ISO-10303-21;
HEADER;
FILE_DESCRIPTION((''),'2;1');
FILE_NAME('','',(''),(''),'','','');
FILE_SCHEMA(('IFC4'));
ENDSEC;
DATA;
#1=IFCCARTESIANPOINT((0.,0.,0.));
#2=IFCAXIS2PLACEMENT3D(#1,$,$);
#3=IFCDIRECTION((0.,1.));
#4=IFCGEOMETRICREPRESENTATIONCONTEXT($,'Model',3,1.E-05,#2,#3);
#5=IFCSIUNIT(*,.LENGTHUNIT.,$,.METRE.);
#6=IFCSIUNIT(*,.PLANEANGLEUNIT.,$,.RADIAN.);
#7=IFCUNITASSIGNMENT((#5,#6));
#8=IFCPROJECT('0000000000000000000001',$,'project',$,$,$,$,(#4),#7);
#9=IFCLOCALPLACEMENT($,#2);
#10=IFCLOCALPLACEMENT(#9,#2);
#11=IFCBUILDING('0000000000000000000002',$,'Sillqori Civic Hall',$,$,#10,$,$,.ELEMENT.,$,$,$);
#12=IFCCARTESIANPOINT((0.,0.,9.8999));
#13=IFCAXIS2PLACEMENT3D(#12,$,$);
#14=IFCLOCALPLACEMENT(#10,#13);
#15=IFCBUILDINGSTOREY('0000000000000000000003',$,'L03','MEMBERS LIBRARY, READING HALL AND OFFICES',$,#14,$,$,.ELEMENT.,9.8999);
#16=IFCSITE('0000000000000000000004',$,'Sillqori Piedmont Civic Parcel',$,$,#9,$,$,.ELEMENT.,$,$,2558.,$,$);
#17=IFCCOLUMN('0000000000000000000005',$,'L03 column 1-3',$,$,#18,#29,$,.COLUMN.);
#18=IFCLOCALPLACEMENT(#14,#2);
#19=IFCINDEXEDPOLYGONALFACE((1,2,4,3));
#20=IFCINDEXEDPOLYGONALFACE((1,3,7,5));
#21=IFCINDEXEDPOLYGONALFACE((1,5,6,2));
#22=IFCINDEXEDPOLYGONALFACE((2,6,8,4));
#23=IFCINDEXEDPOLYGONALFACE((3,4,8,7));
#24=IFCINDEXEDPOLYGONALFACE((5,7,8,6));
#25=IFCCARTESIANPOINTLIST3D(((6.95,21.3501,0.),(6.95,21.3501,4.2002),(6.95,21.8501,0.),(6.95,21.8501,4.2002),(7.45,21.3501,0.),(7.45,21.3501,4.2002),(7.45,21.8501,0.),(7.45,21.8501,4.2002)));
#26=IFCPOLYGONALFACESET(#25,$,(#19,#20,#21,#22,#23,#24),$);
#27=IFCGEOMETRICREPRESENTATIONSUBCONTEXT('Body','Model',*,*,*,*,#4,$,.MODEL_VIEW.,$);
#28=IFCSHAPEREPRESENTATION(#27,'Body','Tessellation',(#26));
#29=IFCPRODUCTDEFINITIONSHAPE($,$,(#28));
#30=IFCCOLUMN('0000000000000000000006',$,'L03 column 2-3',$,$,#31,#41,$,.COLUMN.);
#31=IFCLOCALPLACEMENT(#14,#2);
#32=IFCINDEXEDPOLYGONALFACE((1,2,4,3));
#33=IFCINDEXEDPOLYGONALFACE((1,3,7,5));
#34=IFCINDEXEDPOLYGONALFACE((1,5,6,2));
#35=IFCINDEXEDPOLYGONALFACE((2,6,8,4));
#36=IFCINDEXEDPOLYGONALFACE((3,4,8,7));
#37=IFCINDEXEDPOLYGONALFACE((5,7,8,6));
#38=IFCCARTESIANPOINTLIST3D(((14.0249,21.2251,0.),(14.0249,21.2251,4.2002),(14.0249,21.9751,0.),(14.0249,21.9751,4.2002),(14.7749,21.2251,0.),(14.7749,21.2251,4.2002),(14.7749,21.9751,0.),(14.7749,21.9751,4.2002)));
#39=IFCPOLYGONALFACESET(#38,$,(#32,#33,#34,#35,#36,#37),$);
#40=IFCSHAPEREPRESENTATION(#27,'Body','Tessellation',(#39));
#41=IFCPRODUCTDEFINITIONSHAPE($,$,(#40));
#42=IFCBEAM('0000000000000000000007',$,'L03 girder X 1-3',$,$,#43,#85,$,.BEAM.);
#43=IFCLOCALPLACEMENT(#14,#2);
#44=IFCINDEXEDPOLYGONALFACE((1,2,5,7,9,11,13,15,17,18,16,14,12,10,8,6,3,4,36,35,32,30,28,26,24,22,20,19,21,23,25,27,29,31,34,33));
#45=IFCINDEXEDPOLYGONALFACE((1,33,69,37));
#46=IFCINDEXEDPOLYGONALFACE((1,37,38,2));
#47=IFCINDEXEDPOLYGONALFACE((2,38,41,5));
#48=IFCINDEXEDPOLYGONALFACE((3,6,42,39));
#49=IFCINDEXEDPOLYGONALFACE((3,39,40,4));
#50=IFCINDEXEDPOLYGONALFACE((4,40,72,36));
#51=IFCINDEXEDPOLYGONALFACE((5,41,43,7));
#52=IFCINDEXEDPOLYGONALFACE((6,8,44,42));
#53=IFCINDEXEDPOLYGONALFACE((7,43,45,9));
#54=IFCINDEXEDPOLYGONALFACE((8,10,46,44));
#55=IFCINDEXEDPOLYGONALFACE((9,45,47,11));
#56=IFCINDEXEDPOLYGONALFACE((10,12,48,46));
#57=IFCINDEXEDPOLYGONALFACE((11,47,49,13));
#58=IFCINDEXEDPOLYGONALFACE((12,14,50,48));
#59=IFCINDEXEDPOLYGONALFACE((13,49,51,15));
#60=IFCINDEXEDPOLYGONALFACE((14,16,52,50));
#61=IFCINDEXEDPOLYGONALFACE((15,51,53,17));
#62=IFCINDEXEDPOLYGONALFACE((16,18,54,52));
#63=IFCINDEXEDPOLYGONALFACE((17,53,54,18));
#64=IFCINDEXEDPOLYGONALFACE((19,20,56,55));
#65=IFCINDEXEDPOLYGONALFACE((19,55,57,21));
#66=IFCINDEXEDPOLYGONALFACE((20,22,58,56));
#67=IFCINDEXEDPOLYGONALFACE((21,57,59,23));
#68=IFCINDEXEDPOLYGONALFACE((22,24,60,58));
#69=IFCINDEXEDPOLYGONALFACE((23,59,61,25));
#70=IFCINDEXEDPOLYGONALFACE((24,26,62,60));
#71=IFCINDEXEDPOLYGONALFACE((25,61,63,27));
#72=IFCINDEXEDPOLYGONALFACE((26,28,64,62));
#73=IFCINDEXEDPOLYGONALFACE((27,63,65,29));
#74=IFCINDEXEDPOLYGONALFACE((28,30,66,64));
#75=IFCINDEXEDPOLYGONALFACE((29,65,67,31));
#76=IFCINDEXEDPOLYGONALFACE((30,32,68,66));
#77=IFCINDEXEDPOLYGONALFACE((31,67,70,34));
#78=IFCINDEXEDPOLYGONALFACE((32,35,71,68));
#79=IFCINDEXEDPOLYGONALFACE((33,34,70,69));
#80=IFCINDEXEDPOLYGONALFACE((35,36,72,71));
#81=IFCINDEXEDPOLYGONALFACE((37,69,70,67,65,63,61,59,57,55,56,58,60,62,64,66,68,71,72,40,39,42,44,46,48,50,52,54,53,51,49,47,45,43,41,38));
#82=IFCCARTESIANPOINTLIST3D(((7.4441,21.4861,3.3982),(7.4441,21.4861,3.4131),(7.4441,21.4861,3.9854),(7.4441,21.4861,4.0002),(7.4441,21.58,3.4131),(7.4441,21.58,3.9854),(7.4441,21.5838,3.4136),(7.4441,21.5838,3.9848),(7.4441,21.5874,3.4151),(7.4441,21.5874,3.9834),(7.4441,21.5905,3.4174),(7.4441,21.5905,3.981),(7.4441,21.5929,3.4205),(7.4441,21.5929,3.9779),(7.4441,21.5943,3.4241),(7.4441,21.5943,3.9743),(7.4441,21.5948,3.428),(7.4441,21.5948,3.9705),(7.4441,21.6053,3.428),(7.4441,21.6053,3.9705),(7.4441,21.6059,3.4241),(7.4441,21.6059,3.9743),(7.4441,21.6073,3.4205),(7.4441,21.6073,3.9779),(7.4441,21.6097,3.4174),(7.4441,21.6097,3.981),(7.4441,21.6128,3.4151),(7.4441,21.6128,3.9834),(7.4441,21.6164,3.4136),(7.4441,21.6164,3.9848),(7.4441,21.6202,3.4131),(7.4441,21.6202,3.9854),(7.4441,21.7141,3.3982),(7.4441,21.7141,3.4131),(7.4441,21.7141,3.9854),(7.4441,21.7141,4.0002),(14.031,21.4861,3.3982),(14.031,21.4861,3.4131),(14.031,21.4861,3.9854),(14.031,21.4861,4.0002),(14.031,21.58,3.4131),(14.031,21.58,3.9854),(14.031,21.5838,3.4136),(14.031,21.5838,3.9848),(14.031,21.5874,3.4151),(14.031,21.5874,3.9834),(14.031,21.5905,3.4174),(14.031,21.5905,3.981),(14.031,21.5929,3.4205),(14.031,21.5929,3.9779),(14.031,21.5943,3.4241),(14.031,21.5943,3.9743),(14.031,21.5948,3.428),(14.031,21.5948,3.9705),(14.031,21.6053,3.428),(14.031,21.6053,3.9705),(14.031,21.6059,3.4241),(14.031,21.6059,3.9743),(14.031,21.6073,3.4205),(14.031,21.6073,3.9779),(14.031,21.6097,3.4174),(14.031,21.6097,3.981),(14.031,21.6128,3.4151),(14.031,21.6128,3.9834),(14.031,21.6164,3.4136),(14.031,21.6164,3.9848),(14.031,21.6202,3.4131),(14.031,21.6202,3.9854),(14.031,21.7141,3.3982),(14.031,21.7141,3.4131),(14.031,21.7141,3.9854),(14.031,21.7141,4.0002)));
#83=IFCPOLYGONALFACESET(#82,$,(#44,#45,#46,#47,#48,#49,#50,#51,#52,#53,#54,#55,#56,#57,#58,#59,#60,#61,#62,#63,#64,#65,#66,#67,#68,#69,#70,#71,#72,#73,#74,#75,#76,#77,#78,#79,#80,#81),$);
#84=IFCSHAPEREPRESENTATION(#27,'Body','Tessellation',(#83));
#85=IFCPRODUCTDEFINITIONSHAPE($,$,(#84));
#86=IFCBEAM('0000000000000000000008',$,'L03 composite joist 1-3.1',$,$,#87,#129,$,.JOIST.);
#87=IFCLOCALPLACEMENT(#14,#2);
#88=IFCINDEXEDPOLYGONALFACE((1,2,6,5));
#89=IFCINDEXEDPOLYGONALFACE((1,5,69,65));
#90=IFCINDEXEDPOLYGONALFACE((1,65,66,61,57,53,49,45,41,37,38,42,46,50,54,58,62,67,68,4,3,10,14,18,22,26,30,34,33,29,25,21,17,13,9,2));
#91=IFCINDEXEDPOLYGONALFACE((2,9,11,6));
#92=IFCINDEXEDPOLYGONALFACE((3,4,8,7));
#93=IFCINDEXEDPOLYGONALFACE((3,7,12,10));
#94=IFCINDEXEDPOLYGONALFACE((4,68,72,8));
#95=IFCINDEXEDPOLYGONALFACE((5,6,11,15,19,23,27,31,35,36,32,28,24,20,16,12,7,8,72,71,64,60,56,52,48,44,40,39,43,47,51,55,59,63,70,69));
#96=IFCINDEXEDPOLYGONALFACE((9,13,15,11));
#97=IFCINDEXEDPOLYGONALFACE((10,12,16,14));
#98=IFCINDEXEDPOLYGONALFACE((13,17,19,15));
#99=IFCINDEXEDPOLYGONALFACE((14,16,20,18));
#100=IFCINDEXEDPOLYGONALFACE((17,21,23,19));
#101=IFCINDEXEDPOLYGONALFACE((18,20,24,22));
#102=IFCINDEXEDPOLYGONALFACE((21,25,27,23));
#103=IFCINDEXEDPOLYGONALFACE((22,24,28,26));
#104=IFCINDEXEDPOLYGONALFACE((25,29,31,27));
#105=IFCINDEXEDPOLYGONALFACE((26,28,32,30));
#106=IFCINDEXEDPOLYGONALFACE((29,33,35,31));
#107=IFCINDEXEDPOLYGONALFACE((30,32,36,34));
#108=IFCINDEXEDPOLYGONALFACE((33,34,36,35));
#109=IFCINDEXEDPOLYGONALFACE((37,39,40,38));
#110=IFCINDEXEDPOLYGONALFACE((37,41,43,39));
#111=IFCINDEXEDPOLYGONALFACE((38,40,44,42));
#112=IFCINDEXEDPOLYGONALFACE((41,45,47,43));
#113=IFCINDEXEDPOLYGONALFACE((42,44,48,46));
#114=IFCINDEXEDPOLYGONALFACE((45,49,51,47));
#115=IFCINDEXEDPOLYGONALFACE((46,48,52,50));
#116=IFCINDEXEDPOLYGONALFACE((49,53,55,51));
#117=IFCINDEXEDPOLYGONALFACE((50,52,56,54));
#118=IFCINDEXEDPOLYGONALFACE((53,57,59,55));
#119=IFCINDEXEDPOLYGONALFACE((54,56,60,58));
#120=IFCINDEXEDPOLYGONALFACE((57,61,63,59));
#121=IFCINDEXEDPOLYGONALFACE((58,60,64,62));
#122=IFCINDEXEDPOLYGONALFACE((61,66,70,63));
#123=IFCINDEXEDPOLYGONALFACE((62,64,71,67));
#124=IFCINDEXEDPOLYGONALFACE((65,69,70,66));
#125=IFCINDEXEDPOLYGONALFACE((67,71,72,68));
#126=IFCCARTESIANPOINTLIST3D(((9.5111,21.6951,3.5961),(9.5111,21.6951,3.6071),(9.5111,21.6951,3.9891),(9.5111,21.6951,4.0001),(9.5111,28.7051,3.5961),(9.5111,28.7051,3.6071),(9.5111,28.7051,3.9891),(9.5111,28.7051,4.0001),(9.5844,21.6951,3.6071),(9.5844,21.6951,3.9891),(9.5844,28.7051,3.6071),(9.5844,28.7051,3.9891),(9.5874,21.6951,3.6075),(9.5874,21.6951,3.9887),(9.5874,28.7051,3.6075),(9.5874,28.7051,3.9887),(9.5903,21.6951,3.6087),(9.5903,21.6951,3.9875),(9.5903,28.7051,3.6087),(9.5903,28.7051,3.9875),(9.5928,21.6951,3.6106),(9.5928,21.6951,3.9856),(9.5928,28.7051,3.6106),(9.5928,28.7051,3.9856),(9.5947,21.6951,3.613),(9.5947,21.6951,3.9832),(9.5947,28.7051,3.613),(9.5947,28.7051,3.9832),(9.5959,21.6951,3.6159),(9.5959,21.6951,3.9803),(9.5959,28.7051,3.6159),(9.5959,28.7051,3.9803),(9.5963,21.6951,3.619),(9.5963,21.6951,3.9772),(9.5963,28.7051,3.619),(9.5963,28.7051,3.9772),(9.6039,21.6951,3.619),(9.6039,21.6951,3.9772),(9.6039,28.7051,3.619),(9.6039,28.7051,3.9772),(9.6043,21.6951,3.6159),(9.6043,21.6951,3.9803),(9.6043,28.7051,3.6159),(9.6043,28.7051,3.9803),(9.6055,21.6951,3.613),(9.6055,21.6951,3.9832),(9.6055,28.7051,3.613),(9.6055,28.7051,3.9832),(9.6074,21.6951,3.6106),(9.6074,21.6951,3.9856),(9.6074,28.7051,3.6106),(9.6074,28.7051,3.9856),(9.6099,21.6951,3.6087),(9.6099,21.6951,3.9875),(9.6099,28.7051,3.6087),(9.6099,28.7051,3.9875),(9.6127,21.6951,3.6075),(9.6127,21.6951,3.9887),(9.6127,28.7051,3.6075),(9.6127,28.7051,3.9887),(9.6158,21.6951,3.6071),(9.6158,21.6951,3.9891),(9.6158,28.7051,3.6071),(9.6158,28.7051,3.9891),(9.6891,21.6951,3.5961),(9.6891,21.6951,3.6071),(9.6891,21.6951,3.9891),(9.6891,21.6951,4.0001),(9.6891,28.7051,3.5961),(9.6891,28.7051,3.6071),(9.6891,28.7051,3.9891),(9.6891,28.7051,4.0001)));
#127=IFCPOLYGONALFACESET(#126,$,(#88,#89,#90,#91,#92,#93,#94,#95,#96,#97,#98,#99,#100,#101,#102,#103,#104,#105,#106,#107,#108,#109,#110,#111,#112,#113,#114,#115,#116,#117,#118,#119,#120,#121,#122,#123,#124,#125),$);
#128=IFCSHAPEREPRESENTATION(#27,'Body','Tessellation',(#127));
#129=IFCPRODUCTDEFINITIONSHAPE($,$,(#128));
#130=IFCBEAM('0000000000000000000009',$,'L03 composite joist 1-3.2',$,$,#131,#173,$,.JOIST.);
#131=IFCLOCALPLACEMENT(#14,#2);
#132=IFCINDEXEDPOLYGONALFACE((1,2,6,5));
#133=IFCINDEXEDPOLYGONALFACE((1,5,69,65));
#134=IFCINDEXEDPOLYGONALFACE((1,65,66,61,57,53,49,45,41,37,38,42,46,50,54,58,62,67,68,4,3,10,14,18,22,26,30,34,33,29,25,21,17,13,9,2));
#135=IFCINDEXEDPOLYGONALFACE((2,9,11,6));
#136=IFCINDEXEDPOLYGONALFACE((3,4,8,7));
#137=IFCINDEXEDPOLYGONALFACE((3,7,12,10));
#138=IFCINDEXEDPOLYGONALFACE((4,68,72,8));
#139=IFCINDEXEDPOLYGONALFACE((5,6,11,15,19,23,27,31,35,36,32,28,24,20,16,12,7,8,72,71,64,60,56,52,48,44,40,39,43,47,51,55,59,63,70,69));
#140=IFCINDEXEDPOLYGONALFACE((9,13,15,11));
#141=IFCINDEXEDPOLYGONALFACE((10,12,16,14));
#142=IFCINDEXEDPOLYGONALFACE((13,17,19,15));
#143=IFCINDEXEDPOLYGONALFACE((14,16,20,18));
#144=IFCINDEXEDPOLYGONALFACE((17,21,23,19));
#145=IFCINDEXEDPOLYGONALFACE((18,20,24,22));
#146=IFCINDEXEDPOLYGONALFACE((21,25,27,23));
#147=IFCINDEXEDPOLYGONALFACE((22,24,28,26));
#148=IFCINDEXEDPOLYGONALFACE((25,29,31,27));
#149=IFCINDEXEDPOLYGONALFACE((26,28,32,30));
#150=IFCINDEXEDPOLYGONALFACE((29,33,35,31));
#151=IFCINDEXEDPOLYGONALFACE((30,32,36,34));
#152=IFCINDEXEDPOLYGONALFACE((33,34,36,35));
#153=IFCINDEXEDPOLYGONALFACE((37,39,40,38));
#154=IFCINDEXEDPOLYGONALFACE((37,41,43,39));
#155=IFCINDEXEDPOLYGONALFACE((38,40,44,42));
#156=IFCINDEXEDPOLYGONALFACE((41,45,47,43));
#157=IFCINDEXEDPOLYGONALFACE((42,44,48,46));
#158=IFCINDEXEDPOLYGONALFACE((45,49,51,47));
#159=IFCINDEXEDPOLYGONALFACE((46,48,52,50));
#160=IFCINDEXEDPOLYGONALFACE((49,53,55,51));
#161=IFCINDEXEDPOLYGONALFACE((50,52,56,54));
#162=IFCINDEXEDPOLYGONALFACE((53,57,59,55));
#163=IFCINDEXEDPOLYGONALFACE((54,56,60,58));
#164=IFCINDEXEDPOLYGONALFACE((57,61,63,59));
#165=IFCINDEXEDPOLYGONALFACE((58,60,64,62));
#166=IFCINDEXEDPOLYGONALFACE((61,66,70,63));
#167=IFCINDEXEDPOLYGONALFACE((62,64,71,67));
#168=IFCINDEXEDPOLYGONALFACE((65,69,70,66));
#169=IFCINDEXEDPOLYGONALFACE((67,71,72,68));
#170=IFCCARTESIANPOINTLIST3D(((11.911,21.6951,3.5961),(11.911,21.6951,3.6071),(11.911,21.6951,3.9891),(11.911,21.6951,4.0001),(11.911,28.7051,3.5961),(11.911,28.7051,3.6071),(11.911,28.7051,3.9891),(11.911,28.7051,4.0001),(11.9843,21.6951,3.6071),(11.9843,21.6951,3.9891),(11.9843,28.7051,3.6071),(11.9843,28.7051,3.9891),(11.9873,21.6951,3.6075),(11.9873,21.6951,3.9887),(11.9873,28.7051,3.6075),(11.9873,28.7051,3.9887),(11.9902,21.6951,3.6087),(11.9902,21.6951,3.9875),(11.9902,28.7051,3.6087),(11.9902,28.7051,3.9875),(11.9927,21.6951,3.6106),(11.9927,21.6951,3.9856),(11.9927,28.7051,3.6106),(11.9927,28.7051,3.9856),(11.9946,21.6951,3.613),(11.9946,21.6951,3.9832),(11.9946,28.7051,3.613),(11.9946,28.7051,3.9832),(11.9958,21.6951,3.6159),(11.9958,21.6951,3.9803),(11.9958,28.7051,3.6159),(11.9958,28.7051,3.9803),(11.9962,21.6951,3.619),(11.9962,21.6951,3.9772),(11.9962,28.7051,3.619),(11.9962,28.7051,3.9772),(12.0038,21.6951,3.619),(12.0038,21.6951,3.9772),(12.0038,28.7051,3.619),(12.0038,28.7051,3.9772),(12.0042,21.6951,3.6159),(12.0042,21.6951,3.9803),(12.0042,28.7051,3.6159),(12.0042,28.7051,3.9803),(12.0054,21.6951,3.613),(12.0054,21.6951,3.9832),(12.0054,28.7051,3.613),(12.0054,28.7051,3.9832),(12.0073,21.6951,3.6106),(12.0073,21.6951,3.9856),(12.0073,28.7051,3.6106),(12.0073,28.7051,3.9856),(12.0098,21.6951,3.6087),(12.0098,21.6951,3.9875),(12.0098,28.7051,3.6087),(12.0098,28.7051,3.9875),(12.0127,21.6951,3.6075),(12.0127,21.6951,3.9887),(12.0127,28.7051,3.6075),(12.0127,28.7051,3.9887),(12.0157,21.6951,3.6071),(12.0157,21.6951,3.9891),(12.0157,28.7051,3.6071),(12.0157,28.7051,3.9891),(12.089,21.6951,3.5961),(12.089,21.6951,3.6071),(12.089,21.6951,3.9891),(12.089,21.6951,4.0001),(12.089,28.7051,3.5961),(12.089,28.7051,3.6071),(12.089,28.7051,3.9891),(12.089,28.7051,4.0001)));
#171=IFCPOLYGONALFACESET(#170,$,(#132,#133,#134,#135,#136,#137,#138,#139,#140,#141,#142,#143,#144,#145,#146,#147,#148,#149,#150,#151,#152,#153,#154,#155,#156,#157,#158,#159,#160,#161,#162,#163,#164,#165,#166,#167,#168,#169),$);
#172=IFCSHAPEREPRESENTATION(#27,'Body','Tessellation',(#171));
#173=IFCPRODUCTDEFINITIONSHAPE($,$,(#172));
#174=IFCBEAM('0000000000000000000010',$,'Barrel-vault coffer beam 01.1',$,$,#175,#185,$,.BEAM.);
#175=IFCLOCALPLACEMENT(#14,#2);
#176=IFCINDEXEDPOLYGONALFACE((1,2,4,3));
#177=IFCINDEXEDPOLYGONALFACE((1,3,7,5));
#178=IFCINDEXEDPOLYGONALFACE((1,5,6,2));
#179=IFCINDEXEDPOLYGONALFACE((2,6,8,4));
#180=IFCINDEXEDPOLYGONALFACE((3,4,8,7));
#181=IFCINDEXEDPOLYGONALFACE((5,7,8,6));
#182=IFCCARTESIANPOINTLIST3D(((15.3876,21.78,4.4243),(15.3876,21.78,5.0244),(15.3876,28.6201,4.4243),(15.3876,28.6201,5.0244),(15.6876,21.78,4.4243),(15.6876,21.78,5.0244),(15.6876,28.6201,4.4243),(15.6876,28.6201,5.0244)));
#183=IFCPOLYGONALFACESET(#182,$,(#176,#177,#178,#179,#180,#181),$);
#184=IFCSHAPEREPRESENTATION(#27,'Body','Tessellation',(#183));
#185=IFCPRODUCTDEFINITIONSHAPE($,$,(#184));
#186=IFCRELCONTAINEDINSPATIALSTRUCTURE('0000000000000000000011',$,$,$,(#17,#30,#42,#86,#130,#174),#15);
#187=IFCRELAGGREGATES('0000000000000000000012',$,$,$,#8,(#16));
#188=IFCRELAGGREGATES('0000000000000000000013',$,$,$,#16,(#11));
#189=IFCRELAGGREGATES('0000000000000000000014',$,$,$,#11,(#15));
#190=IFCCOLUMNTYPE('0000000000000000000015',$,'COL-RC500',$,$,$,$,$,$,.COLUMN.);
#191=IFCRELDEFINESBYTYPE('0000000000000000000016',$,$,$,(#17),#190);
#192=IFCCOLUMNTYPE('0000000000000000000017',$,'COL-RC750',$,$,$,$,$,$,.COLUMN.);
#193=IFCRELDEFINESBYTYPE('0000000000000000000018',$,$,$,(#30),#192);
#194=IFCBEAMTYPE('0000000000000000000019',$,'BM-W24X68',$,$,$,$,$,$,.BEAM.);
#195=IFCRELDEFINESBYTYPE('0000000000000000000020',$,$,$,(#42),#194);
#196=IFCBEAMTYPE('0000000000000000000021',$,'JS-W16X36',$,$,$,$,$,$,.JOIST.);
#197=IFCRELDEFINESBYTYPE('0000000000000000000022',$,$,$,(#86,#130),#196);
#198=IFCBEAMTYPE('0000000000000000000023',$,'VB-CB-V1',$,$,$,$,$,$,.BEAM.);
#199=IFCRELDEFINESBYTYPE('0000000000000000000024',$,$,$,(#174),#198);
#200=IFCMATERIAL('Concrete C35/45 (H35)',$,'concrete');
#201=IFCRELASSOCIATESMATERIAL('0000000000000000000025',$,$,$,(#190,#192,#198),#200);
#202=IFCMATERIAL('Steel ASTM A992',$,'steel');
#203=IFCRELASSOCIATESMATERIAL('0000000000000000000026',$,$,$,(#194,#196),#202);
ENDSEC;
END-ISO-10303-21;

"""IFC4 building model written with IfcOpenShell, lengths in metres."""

from ifc_helpers import new_model, si_unit, direction, frame, origin, origin_2d, place, context, subcontext, project, spatial, rectangle, i_section, extrude, material, material_profile, profile_set, type_object, element, save


model = new_model("IFC4")

# Units and contexts
model_context = context("Model", 3, precision=1e-05, world=origin(), true_north=direction((0.0, 1.0)))
body_context = subcontext(model_context, "Body", "Model", "MODEL_VIEW")
ifc_project = project(units=[si_unit("LENGTHUNIT", "METRE"), si_unit("PLANEANGLEUNIT", "RADIAN")], contexts=[model_context])

# Site, building, storey
site_placement = place(None, origin())
site = spatial("IfcSite", under=ifc_project, at=site_placement, Name="Sillqori Piedmont Civic Parcel", CompositionType="ELEMENT", RefElevation=2558.0)
building_placement = place(site_placement, origin())
building = spatial("IfcBuilding", under=site, at=building_placement, Name="Sillqori Civic Hall", CompositionType="ELEMENT")
storey_placement = place(building_placement, frame((0.0, 0.0, 9.8999)))
storey = spatial("IfcBuildingStorey", under=building, at=storey_placement, Name="L03", Description="MEMBERS LIBRARY, READING HALL AND OFFICES", CompositionType="ELEMENT", Elevation=9.8999)

# Columns
ifc_material_1 = material(Name="Concrete C35/45 (H35)", Category="concrete")
ifc_material_profile_1 = material_profile(ifc_material_1, rectangle(XDim=0.5, YDim=0.5, at=origin_2d()), Name="RC 500x500")
ifc_profile_set_1 = profile_set([ifc_material_profile_1], Name="Concrete C35/45 (H35)")
column_type_1 = type_object("IfcColumnType", Name="COL-RC500", PredefinedType="COLUMN", material=ifc_profile_set_1)
column_1_placement = place(storey_placement, frame((7.2, 21.6001, 0.0), z_axis=(0.0, 0.0, 1.0), x_axis=(1.0, 0.0, 0.0)))
element("IfcColumn", 1, at=column_1_placement, inside=storey, type_object=column_type_1, Name="L03 column 1-3", PredefinedType="COLUMN", context=body_context, shape_type="SweptSolid", body=[
    extrude(rectangle(XDim=0.5, YDim=0.5, at=origin_2d()), origin(), (0.0, 0.0, 1.0), 4.2002),
])
ifc_material_profile_2 = material_profile(ifc_material_1, rectangle(XDim=0.75, YDim=0.75, at=origin_2d()), Name="RC 750x750")
ifc_profile_set_2 = profile_set([ifc_material_profile_2], Name="Concrete C35/45 (H35)")
column_type_2 = type_object("IfcColumnType", Name="COL-RC750", PredefinedType="COLUMN", material=ifc_profile_set_2)
column_2_placement = place(storey_placement, frame((14.3999, 21.6001, 0.0), z_axis=(0.0, 0.0, 1.0), x_axis=(1.0, 0.0, 0.0)))
element("IfcColumn", 2, at=column_2_placement, inside=storey, type_object=column_type_2, Name="L03 column 2-3", PredefinedType="COLUMN", context=body_context, shape_type="SweptSolid", body=[
    extrude(rectangle(XDim=0.75, YDim=0.75, at=origin_2d()), origin(), (0.0, 0.0, 1.0), 4.2002),
])

# Beams
ifc_material_2 = material(Name="Steel ASTM A992", Category="steel")
ifc_material_profile_3 = material_profile(ifc_material_2, i_section(OverallWidth=0.228, OverallDepth=0.6021, WebThickness=0.0105, FlangeThickness=0.0149, FilletRadius=0.0149, at=origin_2d()), Name="W24X68")
ifc_profile_set_3 = profile_set([ifc_material_profile_3], Name="Steel ASTM A992")
beam_type_1 = type_object("IfcBeamType", Name="BM-W24X68", PredefinedType="BEAM", material=ifc_profile_set_3)
beam_1_placement = place(storey_placement, frame((7.4441, 21.6001, 3.6992), z_axis=(1.0, 0.0, 0.0), x_axis=(0.0, 1.0, 0.0)))
element("IfcBeam", 3, at=beam_1_placement, inside=storey, type_object=beam_type_1, Name="L03 girder X 1-3", PredefinedType="BEAM", context=body_context, shape_type="SweptSolid", body=[
    extrude(i_section(OverallWidth=0.228, OverallDepth=0.6021, WebThickness=0.0105, FlangeThickness=0.0149, FilletRadius=0.0149, at=origin_2d()), origin(), (0.0, 0.0, 1.0), 6.5869),
])
ifc_material_profile_4 = material_profile(ifc_material_2, i_section(OverallWidth=0.178, OverallDepth=0.4041, WebThickness=0.0076, FlangeThickness=0.011, FilletRadius=0.012, at=origin_2d()), Name="W16X36")
ifc_profile_set_4 = profile_set([ifc_material_profile_4], Name="Steel ASTM A992")
beam_type_2 = type_object("IfcBeamType", Name="JS-W16X36", PredefinedType="JOIST", material=ifc_profile_set_4)
for number, where, z_axis, x_axis, name in (
    (4, (9.6001, 21.6951, 3.7981), (0.0, 1.0, 0.0), (-1.0, 0.0, 0.0), "L03 composite joist 1-3.1"),
    (5, (12.0, 21.6951, 3.7981), (0.0, 1.0, 0.0), (-1.0, 0.0, 0.0), "L03 composite joist 1-3.2"),
):
    element("IfcBeam", number, at=place(storey_placement, frame(where, z_axis=z_axis, x_axis=x_axis)), inside=storey, type_object=beam_type_2, Name=name, PredefinedType="JOIST", context=body_context, shape_type="SweptSolid", body=[
        extrude(i_section(OverallWidth=0.178, OverallDepth=0.4041, WebThickness=0.0076, FlangeThickness=0.011, FilletRadius=0.012, at=origin_2d()), origin(), (0.0, 0.0, 1.0), 7.01),
    ])
ifc_material_profile_5 = material_profile(ifc_material_1, rectangle(XDim=0.3, YDim=0.6001, at=origin_2d()), Name="RC 300x600")
ifc_profile_set_5 = profile_set([ifc_material_profile_5], Name="Concrete C35/45 (H35)")
beam_type_3 = type_object("IfcBeamType", Name="VB-CB-V1", PredefinedType="BEAM", material=ifc_profile_set_5)
for number, where, z_axis, x_axis, name in (
    (6, (15.5376, 21.78, 4.7244), (0.0, 1.0, 0.0), (-1.0, 0.0, 0.0), "Barrel-vault coffer beam 01.1"),
):
    element("IfcBeam", number, at=place(storey_placement, frame(where, z_axis=z_axis, x_axis=x_axis)), inside=storey, type_object=beam_type_3, Name=name, PredefinedType="BEAM", context=body_context, shape_type="SweptSolid", body=[
        extrude(rectangle(XDim=0.3, YDim=0.6001, at=origin_2d()), origin(), (0.0, 0.0, 1.0), 6.8401),
    ])

save(model, "model.ifc")
